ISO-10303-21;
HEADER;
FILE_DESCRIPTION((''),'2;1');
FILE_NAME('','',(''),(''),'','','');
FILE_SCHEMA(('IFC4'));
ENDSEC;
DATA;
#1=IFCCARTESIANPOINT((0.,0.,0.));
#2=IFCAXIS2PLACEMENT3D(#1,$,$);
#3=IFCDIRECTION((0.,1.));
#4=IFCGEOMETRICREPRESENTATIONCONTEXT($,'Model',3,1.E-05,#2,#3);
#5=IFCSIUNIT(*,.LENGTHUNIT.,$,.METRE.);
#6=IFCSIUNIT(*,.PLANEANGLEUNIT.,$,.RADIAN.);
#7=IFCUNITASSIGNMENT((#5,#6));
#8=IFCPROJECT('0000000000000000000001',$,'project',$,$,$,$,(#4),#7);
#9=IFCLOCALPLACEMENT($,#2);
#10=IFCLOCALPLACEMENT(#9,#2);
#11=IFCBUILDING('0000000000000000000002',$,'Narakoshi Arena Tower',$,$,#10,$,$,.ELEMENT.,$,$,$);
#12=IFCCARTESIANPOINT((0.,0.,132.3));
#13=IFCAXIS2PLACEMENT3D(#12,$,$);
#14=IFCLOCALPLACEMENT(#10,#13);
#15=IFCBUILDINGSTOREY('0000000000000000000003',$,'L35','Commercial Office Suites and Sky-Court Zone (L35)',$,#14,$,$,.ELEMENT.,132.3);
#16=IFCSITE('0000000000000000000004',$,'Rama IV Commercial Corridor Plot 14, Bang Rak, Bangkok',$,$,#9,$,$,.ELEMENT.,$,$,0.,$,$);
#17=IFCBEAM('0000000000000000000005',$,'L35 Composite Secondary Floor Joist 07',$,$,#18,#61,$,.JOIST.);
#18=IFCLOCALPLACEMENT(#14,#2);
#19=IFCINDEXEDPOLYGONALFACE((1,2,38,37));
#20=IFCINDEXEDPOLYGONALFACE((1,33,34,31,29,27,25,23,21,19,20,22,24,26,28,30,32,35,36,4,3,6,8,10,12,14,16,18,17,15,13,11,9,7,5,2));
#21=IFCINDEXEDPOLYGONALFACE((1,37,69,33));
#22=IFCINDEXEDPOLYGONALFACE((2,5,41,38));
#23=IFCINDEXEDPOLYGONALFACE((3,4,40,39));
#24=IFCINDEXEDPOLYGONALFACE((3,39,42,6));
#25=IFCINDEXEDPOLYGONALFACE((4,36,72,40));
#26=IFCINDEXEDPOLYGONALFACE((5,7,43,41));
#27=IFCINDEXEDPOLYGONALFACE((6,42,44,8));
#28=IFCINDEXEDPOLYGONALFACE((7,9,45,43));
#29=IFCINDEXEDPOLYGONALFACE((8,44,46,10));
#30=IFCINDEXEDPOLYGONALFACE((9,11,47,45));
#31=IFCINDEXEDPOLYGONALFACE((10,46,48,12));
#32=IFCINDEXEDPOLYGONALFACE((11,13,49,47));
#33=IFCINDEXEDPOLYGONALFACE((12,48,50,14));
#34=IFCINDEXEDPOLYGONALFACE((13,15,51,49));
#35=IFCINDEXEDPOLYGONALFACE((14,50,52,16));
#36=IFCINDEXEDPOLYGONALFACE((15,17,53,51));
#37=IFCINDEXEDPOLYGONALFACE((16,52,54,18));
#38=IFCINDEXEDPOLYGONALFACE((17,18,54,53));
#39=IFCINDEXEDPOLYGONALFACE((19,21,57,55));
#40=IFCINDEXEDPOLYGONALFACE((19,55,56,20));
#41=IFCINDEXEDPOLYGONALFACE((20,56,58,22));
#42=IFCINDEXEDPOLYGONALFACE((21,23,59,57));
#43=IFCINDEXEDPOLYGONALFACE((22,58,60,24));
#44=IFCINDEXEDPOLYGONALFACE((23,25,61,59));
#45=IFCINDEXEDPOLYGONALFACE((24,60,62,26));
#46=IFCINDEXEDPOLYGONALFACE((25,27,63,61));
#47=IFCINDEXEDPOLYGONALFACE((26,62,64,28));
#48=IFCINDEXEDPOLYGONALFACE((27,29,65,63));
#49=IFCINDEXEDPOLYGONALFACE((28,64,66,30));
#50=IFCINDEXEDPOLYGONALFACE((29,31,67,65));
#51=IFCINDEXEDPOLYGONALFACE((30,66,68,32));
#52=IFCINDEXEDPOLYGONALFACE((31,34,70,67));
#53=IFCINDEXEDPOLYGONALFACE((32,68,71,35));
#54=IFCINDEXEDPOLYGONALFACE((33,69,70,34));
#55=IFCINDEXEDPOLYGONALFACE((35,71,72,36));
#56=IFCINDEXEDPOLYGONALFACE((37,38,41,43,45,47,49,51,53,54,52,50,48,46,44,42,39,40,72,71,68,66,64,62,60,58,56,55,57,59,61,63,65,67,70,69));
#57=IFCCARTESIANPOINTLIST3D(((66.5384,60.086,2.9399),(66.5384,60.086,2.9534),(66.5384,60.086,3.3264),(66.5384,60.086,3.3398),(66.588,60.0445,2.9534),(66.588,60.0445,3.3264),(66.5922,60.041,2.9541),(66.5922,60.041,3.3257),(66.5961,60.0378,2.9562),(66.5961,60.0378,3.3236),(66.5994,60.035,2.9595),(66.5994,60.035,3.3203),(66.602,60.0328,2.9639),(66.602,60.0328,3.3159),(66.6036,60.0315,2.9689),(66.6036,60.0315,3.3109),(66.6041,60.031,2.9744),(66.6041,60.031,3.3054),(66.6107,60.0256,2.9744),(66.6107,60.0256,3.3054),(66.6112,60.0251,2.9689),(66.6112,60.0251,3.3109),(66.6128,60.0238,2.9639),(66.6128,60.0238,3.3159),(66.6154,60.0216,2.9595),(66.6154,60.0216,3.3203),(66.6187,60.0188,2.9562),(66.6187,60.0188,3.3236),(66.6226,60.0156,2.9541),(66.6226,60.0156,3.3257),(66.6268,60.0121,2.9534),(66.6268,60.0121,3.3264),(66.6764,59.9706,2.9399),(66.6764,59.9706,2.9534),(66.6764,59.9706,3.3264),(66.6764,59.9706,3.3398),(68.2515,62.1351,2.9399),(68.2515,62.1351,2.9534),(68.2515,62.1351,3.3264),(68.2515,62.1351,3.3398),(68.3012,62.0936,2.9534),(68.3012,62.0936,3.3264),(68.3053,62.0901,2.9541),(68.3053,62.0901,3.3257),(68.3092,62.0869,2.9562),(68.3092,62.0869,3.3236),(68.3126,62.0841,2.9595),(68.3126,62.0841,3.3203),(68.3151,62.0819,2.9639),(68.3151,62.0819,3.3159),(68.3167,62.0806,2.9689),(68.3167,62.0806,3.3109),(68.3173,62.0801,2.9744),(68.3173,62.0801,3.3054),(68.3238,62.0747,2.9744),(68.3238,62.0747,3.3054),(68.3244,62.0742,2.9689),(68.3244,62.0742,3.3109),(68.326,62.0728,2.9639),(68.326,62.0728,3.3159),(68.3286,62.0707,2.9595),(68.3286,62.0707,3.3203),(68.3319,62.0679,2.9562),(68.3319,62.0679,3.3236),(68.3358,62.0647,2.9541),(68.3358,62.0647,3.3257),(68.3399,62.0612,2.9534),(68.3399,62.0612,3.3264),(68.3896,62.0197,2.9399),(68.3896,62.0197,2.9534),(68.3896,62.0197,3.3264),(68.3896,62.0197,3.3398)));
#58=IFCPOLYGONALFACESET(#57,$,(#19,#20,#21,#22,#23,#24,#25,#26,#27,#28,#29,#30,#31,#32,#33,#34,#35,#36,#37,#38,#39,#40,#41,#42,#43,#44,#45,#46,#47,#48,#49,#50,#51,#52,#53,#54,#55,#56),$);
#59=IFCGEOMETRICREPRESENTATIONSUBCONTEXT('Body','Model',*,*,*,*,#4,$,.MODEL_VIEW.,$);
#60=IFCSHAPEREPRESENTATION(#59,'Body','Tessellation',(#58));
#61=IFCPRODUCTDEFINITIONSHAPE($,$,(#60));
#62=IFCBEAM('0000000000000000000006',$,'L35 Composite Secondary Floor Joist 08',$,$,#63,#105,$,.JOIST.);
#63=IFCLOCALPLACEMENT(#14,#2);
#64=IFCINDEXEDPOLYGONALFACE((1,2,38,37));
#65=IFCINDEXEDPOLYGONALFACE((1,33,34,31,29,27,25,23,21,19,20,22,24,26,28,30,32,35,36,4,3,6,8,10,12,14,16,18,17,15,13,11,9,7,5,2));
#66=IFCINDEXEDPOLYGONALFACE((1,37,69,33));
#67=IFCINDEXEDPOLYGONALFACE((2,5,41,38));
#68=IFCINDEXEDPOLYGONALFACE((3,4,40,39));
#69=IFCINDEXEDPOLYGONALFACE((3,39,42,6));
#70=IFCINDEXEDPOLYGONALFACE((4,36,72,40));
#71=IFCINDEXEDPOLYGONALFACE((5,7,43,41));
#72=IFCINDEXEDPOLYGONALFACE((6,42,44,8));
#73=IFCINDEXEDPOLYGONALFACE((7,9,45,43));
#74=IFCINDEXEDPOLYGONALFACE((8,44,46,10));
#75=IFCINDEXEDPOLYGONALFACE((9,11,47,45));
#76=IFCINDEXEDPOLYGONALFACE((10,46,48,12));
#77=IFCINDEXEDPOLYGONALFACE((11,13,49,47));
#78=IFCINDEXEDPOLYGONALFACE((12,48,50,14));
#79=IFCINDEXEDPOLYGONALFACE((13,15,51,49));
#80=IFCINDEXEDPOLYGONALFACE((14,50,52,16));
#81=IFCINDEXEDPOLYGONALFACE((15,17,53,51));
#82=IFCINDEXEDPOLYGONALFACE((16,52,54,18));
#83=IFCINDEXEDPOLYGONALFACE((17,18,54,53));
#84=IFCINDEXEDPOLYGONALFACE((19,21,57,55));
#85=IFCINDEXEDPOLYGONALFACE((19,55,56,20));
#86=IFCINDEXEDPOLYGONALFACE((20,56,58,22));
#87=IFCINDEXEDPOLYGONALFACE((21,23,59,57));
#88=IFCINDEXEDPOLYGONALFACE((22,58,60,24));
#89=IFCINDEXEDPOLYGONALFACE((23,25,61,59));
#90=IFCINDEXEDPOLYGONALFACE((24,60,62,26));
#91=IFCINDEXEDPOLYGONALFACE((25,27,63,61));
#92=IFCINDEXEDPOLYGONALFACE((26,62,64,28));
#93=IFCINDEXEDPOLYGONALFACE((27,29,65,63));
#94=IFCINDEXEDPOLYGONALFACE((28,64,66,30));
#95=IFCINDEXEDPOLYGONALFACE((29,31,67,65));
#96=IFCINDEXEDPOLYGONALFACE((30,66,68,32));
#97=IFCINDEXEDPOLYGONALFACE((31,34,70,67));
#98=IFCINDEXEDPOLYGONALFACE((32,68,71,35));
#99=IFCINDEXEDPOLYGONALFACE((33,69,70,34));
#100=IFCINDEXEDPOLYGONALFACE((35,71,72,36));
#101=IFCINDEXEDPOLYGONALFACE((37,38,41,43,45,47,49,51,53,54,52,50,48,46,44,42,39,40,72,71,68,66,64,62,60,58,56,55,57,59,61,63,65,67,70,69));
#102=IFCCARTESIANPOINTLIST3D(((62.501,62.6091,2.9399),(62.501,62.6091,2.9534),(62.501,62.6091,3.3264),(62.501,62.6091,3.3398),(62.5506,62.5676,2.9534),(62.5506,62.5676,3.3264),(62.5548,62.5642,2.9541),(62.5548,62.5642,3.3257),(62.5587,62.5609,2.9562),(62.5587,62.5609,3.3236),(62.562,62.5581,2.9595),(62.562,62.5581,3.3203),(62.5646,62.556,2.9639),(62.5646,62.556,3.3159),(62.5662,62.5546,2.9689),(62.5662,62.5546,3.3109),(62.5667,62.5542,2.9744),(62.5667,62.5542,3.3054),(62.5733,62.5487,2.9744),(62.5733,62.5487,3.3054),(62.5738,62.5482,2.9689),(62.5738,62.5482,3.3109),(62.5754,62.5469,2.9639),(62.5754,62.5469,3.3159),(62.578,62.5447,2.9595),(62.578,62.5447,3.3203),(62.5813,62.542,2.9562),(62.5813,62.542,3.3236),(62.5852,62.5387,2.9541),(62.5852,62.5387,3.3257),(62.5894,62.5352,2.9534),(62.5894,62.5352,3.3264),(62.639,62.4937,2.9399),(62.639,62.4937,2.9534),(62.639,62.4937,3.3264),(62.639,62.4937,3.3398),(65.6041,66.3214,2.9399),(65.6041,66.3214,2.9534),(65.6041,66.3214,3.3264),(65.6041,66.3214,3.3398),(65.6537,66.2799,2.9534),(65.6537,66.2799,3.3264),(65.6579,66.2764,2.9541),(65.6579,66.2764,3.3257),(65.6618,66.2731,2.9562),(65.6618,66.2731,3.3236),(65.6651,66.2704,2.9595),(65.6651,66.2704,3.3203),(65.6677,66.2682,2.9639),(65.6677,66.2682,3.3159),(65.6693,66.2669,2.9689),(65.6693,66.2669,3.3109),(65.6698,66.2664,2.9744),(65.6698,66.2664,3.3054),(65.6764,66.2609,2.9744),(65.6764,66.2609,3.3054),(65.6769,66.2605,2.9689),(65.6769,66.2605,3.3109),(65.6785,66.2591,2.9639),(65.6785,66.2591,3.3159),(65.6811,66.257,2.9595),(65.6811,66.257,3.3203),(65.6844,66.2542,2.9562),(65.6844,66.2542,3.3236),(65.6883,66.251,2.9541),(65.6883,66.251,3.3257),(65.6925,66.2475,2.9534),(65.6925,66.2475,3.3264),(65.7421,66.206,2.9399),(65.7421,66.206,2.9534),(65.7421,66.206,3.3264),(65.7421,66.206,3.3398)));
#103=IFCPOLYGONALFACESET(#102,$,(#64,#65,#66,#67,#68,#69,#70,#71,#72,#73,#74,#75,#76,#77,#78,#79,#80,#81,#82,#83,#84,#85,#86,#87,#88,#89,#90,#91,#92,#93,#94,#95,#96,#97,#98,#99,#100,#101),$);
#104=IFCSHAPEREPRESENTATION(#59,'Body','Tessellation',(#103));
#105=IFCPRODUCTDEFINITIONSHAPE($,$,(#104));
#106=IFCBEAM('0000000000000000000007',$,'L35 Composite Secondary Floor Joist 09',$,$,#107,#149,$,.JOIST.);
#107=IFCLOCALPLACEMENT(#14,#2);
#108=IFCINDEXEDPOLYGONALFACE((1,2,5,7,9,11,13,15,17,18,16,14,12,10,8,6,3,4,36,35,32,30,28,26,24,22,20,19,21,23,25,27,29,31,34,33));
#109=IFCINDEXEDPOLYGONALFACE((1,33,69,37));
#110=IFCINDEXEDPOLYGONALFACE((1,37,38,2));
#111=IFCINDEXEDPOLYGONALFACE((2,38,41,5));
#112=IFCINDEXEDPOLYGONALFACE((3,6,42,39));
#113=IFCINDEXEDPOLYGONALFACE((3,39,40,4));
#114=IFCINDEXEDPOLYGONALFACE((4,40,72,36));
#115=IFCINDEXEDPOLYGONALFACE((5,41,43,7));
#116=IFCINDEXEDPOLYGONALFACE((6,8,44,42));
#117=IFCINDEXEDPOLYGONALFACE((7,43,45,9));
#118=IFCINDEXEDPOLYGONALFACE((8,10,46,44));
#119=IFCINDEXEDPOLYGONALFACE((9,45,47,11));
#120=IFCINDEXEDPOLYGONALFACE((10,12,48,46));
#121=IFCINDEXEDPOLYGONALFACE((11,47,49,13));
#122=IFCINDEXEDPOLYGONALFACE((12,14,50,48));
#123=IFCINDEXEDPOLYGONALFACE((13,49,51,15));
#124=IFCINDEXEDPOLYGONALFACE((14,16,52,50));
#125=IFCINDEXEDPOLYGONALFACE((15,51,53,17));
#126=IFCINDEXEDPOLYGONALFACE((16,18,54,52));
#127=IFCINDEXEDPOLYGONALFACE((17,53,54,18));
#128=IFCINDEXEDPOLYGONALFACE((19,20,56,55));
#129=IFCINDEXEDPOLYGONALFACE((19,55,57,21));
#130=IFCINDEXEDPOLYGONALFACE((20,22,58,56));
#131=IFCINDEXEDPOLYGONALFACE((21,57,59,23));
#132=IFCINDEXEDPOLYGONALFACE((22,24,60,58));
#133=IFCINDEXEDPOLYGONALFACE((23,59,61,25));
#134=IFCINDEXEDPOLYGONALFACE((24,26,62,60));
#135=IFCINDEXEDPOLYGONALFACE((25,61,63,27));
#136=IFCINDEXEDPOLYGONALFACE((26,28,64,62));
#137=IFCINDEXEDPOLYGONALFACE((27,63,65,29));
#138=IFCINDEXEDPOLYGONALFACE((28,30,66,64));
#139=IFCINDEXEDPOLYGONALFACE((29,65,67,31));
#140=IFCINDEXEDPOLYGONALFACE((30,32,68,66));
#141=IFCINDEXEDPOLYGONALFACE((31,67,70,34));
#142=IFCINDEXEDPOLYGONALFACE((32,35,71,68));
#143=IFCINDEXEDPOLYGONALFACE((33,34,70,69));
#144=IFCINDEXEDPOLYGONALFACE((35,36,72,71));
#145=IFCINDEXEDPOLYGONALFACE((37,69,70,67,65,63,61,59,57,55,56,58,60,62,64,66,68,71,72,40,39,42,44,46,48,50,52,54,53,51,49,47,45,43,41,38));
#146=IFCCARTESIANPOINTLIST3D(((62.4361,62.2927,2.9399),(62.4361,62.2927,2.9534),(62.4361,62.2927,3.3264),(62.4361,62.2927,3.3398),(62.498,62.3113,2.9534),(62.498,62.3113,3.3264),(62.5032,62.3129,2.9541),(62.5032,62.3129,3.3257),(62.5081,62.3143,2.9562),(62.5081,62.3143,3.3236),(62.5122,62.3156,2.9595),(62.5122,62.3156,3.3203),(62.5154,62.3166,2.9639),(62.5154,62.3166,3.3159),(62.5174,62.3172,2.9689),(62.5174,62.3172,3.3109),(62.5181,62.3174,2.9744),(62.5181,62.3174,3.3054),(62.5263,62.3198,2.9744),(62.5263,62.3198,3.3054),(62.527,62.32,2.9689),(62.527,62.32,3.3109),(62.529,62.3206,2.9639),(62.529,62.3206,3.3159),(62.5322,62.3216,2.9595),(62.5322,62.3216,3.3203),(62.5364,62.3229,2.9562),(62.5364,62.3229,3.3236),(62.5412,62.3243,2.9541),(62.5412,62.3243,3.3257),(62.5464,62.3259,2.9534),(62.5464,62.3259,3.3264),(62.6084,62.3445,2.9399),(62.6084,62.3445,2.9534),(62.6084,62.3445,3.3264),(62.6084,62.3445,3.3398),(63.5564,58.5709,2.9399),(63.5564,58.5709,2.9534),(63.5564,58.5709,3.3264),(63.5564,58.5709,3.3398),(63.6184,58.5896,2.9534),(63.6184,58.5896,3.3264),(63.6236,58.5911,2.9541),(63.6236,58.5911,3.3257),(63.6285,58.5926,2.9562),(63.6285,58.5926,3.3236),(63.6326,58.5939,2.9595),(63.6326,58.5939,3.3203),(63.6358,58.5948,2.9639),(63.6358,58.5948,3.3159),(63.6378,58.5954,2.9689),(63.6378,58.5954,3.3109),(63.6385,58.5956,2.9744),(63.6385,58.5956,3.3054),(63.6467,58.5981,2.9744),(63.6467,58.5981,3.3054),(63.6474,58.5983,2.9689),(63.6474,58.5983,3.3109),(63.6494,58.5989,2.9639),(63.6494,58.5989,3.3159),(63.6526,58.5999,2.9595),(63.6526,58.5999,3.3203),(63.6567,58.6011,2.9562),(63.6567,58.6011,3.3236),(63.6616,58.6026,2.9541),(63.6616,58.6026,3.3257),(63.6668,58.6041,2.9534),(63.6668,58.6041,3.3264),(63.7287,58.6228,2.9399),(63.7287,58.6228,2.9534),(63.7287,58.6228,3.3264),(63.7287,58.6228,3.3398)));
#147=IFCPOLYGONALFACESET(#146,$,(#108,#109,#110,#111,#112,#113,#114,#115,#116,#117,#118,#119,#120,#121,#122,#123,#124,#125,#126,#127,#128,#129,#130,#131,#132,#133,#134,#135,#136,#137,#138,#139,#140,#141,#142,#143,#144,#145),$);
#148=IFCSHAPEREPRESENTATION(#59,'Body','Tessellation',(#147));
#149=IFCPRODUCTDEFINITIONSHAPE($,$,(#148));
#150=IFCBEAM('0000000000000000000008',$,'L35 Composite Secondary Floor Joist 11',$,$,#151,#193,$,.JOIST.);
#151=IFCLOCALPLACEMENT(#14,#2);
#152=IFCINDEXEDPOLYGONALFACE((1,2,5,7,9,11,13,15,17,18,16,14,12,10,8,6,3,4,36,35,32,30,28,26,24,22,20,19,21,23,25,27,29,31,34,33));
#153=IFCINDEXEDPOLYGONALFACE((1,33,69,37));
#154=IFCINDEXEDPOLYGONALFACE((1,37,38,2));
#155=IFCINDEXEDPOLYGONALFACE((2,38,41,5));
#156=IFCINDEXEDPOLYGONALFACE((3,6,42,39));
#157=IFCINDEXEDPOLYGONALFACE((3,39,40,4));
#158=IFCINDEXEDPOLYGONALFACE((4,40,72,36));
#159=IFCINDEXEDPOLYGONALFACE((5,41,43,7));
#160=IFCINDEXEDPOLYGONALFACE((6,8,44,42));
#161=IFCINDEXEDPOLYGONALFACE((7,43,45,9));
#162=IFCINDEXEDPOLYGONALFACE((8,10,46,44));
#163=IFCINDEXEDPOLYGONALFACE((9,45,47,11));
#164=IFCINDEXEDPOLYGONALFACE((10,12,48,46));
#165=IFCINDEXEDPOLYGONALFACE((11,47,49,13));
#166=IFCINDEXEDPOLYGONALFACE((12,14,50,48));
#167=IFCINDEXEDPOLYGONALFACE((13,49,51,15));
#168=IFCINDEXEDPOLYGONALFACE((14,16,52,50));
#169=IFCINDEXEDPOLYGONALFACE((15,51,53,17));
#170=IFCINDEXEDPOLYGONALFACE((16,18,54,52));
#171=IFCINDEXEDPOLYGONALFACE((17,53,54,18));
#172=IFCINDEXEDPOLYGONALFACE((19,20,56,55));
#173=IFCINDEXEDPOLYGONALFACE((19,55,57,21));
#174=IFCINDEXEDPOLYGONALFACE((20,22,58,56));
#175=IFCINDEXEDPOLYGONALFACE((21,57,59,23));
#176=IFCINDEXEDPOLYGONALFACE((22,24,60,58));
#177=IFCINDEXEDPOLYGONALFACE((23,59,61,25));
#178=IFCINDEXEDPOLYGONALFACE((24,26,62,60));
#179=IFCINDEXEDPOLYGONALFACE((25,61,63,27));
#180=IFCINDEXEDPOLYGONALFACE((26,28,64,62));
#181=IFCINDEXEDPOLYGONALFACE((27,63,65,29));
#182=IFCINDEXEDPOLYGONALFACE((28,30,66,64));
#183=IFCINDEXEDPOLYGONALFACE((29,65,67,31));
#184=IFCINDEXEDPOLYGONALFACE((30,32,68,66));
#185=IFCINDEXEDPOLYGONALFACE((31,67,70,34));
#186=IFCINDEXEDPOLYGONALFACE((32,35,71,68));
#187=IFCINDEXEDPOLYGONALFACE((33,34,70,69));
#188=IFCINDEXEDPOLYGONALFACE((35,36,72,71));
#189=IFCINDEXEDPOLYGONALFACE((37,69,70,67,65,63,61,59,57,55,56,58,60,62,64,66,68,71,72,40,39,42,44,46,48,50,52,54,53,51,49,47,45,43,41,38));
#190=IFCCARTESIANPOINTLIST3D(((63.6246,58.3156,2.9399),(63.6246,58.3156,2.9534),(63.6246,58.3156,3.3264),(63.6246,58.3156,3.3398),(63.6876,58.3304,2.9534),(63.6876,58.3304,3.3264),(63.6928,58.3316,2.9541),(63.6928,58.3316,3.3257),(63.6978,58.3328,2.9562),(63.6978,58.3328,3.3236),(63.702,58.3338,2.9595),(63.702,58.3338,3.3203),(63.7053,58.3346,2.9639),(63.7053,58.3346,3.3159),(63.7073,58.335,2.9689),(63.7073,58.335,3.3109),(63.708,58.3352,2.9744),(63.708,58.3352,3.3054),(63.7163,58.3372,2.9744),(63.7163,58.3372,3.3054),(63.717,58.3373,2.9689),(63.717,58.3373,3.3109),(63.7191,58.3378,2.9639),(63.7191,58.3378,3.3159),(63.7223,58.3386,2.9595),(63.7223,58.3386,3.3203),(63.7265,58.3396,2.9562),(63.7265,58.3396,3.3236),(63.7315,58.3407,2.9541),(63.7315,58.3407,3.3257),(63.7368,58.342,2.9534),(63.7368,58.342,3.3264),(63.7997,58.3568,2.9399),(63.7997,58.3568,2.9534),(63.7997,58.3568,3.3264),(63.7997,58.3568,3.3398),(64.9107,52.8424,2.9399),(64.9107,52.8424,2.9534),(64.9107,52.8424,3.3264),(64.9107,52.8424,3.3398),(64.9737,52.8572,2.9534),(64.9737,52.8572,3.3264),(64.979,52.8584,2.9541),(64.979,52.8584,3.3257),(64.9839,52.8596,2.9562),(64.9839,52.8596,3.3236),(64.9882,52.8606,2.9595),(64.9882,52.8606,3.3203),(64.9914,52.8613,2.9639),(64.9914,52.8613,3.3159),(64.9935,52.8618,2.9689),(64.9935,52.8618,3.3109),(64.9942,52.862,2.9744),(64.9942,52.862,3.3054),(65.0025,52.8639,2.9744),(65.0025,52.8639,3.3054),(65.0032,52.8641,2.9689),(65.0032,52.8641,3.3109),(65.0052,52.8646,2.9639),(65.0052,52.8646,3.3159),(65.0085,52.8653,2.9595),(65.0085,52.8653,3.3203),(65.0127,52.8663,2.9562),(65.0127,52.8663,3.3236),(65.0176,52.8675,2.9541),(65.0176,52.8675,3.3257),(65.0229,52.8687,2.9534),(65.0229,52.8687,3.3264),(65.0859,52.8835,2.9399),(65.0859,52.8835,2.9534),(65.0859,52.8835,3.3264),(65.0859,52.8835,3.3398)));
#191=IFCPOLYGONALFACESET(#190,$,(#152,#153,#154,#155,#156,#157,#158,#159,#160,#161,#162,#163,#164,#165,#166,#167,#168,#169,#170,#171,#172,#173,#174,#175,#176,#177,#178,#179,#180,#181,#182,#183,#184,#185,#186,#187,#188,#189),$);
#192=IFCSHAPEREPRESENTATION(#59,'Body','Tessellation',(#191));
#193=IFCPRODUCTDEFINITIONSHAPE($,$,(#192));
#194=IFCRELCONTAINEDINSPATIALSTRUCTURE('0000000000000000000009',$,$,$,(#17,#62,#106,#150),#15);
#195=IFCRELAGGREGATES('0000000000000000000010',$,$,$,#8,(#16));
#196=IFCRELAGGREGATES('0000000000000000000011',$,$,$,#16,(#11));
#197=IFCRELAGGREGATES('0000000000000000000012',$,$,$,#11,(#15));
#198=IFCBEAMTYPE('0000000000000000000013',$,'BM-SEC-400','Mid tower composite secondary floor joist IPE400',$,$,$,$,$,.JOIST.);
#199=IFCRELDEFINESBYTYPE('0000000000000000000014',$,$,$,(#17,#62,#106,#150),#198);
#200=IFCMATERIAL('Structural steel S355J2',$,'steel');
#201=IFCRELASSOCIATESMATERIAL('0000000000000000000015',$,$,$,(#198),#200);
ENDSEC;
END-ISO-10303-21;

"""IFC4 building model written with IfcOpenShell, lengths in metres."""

from ifc_helpers import new_model, si_unit, direction, frame, origin, origin_2d, place, context, subcontext, project, spatial, i_section, extrude, material, material_profile, profile_set, type_object, element, save


model = new_model("IFC4")

# Units and contexts
model_context = context("Model", 3, precision=1e-05, world=origin(), true_north=direction((0.0, 1.0)))
body_context = subcontext(model_context, "Body", "Model", "MODEL_VIEW")
ifc_project = project(units=[si_unit("LENGTHUNIT", "METRE"), si_unit("PLANEANGLEUNIT", "RADIAN")], contexts=[model_context])

# Site, building, storey
site_placement = place(None, origin())
site = spatial("IfcSite", under=ifc_project, at=site_placement, Name="Rama IV Commercial Corridor Plot 14, Bang Rak, Bangkok", CompositionType="ELEMENT", RefElevation=0.0)
building_placement = place(site_placement, origin())
building = spatial("IfcBuilding", under=site, at=building_placement, Name="Narakoshi Arena Tower", CompositionType="ELEMENT")
storey_placement = place(building_placement, frame((0.0, 0.0, 132.3)))
storey = spatial("IfcBuildingStorey", under=building, at=storey_placement, Name="L35", Description="Commercial Office Suites and Sky-Court Zone (L35)", CompositionType="ELEMENT", Elevation=132.3)

# Beams
ifc_material_1 = material(Name="Structural steel S355J2", Category="steel")
ifc_material_profile_1 = material_profile(ifc_material_1, i_section(OverallWidth=0.1799, OverallDepth=0.3999, WebThickness=0.0085, FlangeThickness=0.0134, FilletRadius=0.021, at=origin_2d()), Name="IPE400")
ifc_profile_set_1 = profile_set([ifc_material_profile_1], Name="Structural steel S355J2")
beam_type_1 = type_object("IfcBeamType", Name="BM-SEC-400", Description="Mid tower composite secondary floor joist IPE400", PredefinedType="JOIST", material=ifc_profile_set_1)
beam_1_placement = place(storey_placement, frame((68.3206, 62.0774, 3.1399), z_axis=(-0.641415, -0.767194, 0.0), x_axis=(0.767194, -0.641415, 0.0)))
element("IfcBeam", 1, at=beam_1_placement, inside=storey, type_object=beam_type_1, Name="L35 Composite Secondary Floor Joist 07", PredefinedType="JOIST", context=body_context, shape_type="SweptSolid", body=[
    extrude(i_section(OverallWidth=0.1799, OverallDepth=0.3999, WebThickness=0.0085, FlangeThickness=0.0134, FilletRadius=0.021, at=origin_2d()), origin(), (0.0, 0.0, 1.0), 2.6709),
])
beam_2_placement = place(storey_placement, frame((65.6731, 66.2637, 3.1399), z_axis=(-0.64135, -0.767248, 0.0), x_axis=(0.767248, -0.64135, 0.0)))
element("IfcBeam", 2, at=beam_2_placement, inside=storey, type_object=beam_type_1, Name="L35 Composite Secondary Floor Joist 08", PredefinedType="JOIST", context=body_context, shape_type="SweptSolid", body=[
    extrude(i_section(OverallWidth=0.1799, OverallDepth=0.3999, WebThickness=0.0085, FlangeThickness=0.0134, FilletRadius=0.021, at=origin_2d()), origin(), (0.0, 0.0, 1.0), 4.8384),
])
beam_3_placement = place(storey_placement, frame((62.5222, 62.3186, 3.1399), z_axis=(0.288258, -0.957553, 0.0), x_axis=(0.957553, 0.288258, 0.0)))
element("IfcBeam", 3, at=beam_3_placement, inside=storey, type_object=beam_type_1, Name="L35 Composite Secondary Floor Joist 09", PredefinedType="JOIST", context=body_context, shape_type="SweptSolid", body=[
    extrude(i_section(OverallWidth=0.1799, OverallDepth=0.3999, WebThickness=0.0085, FlangeThickness=0.0134, FilletRadius=0.021, at=origin_2d()), origin(), (0.0, 0.0, 1.0), 3.8867),
])
beam_4_placement = place(storey_placement, frame((63.7122, 58.3362, 3.1399), z_axis=(0.228759, -0.973483, 0.0), x_axis=(0.973483, 0.228759, 0.0)))
element("IfcBeam", 4, at=beam_4_placement, inside=storey, type_object=beam_type_1, Name="L35 Composite Secondary Floor Joist 11", PredefinedType="JOIST", context=body_context, shape_type="SweptSolid", body=[
    extrude(i_section(OverallWidth=0.1799, OverallDepth=0.3999, WebThickness=0.0085, FlangeThickness=0.0134, FilletRadius=0.021, at=origin_2d()), origin(), (0.0, 0.0, 1.0), 5.6223),
])

save(model, "model.ifc")
